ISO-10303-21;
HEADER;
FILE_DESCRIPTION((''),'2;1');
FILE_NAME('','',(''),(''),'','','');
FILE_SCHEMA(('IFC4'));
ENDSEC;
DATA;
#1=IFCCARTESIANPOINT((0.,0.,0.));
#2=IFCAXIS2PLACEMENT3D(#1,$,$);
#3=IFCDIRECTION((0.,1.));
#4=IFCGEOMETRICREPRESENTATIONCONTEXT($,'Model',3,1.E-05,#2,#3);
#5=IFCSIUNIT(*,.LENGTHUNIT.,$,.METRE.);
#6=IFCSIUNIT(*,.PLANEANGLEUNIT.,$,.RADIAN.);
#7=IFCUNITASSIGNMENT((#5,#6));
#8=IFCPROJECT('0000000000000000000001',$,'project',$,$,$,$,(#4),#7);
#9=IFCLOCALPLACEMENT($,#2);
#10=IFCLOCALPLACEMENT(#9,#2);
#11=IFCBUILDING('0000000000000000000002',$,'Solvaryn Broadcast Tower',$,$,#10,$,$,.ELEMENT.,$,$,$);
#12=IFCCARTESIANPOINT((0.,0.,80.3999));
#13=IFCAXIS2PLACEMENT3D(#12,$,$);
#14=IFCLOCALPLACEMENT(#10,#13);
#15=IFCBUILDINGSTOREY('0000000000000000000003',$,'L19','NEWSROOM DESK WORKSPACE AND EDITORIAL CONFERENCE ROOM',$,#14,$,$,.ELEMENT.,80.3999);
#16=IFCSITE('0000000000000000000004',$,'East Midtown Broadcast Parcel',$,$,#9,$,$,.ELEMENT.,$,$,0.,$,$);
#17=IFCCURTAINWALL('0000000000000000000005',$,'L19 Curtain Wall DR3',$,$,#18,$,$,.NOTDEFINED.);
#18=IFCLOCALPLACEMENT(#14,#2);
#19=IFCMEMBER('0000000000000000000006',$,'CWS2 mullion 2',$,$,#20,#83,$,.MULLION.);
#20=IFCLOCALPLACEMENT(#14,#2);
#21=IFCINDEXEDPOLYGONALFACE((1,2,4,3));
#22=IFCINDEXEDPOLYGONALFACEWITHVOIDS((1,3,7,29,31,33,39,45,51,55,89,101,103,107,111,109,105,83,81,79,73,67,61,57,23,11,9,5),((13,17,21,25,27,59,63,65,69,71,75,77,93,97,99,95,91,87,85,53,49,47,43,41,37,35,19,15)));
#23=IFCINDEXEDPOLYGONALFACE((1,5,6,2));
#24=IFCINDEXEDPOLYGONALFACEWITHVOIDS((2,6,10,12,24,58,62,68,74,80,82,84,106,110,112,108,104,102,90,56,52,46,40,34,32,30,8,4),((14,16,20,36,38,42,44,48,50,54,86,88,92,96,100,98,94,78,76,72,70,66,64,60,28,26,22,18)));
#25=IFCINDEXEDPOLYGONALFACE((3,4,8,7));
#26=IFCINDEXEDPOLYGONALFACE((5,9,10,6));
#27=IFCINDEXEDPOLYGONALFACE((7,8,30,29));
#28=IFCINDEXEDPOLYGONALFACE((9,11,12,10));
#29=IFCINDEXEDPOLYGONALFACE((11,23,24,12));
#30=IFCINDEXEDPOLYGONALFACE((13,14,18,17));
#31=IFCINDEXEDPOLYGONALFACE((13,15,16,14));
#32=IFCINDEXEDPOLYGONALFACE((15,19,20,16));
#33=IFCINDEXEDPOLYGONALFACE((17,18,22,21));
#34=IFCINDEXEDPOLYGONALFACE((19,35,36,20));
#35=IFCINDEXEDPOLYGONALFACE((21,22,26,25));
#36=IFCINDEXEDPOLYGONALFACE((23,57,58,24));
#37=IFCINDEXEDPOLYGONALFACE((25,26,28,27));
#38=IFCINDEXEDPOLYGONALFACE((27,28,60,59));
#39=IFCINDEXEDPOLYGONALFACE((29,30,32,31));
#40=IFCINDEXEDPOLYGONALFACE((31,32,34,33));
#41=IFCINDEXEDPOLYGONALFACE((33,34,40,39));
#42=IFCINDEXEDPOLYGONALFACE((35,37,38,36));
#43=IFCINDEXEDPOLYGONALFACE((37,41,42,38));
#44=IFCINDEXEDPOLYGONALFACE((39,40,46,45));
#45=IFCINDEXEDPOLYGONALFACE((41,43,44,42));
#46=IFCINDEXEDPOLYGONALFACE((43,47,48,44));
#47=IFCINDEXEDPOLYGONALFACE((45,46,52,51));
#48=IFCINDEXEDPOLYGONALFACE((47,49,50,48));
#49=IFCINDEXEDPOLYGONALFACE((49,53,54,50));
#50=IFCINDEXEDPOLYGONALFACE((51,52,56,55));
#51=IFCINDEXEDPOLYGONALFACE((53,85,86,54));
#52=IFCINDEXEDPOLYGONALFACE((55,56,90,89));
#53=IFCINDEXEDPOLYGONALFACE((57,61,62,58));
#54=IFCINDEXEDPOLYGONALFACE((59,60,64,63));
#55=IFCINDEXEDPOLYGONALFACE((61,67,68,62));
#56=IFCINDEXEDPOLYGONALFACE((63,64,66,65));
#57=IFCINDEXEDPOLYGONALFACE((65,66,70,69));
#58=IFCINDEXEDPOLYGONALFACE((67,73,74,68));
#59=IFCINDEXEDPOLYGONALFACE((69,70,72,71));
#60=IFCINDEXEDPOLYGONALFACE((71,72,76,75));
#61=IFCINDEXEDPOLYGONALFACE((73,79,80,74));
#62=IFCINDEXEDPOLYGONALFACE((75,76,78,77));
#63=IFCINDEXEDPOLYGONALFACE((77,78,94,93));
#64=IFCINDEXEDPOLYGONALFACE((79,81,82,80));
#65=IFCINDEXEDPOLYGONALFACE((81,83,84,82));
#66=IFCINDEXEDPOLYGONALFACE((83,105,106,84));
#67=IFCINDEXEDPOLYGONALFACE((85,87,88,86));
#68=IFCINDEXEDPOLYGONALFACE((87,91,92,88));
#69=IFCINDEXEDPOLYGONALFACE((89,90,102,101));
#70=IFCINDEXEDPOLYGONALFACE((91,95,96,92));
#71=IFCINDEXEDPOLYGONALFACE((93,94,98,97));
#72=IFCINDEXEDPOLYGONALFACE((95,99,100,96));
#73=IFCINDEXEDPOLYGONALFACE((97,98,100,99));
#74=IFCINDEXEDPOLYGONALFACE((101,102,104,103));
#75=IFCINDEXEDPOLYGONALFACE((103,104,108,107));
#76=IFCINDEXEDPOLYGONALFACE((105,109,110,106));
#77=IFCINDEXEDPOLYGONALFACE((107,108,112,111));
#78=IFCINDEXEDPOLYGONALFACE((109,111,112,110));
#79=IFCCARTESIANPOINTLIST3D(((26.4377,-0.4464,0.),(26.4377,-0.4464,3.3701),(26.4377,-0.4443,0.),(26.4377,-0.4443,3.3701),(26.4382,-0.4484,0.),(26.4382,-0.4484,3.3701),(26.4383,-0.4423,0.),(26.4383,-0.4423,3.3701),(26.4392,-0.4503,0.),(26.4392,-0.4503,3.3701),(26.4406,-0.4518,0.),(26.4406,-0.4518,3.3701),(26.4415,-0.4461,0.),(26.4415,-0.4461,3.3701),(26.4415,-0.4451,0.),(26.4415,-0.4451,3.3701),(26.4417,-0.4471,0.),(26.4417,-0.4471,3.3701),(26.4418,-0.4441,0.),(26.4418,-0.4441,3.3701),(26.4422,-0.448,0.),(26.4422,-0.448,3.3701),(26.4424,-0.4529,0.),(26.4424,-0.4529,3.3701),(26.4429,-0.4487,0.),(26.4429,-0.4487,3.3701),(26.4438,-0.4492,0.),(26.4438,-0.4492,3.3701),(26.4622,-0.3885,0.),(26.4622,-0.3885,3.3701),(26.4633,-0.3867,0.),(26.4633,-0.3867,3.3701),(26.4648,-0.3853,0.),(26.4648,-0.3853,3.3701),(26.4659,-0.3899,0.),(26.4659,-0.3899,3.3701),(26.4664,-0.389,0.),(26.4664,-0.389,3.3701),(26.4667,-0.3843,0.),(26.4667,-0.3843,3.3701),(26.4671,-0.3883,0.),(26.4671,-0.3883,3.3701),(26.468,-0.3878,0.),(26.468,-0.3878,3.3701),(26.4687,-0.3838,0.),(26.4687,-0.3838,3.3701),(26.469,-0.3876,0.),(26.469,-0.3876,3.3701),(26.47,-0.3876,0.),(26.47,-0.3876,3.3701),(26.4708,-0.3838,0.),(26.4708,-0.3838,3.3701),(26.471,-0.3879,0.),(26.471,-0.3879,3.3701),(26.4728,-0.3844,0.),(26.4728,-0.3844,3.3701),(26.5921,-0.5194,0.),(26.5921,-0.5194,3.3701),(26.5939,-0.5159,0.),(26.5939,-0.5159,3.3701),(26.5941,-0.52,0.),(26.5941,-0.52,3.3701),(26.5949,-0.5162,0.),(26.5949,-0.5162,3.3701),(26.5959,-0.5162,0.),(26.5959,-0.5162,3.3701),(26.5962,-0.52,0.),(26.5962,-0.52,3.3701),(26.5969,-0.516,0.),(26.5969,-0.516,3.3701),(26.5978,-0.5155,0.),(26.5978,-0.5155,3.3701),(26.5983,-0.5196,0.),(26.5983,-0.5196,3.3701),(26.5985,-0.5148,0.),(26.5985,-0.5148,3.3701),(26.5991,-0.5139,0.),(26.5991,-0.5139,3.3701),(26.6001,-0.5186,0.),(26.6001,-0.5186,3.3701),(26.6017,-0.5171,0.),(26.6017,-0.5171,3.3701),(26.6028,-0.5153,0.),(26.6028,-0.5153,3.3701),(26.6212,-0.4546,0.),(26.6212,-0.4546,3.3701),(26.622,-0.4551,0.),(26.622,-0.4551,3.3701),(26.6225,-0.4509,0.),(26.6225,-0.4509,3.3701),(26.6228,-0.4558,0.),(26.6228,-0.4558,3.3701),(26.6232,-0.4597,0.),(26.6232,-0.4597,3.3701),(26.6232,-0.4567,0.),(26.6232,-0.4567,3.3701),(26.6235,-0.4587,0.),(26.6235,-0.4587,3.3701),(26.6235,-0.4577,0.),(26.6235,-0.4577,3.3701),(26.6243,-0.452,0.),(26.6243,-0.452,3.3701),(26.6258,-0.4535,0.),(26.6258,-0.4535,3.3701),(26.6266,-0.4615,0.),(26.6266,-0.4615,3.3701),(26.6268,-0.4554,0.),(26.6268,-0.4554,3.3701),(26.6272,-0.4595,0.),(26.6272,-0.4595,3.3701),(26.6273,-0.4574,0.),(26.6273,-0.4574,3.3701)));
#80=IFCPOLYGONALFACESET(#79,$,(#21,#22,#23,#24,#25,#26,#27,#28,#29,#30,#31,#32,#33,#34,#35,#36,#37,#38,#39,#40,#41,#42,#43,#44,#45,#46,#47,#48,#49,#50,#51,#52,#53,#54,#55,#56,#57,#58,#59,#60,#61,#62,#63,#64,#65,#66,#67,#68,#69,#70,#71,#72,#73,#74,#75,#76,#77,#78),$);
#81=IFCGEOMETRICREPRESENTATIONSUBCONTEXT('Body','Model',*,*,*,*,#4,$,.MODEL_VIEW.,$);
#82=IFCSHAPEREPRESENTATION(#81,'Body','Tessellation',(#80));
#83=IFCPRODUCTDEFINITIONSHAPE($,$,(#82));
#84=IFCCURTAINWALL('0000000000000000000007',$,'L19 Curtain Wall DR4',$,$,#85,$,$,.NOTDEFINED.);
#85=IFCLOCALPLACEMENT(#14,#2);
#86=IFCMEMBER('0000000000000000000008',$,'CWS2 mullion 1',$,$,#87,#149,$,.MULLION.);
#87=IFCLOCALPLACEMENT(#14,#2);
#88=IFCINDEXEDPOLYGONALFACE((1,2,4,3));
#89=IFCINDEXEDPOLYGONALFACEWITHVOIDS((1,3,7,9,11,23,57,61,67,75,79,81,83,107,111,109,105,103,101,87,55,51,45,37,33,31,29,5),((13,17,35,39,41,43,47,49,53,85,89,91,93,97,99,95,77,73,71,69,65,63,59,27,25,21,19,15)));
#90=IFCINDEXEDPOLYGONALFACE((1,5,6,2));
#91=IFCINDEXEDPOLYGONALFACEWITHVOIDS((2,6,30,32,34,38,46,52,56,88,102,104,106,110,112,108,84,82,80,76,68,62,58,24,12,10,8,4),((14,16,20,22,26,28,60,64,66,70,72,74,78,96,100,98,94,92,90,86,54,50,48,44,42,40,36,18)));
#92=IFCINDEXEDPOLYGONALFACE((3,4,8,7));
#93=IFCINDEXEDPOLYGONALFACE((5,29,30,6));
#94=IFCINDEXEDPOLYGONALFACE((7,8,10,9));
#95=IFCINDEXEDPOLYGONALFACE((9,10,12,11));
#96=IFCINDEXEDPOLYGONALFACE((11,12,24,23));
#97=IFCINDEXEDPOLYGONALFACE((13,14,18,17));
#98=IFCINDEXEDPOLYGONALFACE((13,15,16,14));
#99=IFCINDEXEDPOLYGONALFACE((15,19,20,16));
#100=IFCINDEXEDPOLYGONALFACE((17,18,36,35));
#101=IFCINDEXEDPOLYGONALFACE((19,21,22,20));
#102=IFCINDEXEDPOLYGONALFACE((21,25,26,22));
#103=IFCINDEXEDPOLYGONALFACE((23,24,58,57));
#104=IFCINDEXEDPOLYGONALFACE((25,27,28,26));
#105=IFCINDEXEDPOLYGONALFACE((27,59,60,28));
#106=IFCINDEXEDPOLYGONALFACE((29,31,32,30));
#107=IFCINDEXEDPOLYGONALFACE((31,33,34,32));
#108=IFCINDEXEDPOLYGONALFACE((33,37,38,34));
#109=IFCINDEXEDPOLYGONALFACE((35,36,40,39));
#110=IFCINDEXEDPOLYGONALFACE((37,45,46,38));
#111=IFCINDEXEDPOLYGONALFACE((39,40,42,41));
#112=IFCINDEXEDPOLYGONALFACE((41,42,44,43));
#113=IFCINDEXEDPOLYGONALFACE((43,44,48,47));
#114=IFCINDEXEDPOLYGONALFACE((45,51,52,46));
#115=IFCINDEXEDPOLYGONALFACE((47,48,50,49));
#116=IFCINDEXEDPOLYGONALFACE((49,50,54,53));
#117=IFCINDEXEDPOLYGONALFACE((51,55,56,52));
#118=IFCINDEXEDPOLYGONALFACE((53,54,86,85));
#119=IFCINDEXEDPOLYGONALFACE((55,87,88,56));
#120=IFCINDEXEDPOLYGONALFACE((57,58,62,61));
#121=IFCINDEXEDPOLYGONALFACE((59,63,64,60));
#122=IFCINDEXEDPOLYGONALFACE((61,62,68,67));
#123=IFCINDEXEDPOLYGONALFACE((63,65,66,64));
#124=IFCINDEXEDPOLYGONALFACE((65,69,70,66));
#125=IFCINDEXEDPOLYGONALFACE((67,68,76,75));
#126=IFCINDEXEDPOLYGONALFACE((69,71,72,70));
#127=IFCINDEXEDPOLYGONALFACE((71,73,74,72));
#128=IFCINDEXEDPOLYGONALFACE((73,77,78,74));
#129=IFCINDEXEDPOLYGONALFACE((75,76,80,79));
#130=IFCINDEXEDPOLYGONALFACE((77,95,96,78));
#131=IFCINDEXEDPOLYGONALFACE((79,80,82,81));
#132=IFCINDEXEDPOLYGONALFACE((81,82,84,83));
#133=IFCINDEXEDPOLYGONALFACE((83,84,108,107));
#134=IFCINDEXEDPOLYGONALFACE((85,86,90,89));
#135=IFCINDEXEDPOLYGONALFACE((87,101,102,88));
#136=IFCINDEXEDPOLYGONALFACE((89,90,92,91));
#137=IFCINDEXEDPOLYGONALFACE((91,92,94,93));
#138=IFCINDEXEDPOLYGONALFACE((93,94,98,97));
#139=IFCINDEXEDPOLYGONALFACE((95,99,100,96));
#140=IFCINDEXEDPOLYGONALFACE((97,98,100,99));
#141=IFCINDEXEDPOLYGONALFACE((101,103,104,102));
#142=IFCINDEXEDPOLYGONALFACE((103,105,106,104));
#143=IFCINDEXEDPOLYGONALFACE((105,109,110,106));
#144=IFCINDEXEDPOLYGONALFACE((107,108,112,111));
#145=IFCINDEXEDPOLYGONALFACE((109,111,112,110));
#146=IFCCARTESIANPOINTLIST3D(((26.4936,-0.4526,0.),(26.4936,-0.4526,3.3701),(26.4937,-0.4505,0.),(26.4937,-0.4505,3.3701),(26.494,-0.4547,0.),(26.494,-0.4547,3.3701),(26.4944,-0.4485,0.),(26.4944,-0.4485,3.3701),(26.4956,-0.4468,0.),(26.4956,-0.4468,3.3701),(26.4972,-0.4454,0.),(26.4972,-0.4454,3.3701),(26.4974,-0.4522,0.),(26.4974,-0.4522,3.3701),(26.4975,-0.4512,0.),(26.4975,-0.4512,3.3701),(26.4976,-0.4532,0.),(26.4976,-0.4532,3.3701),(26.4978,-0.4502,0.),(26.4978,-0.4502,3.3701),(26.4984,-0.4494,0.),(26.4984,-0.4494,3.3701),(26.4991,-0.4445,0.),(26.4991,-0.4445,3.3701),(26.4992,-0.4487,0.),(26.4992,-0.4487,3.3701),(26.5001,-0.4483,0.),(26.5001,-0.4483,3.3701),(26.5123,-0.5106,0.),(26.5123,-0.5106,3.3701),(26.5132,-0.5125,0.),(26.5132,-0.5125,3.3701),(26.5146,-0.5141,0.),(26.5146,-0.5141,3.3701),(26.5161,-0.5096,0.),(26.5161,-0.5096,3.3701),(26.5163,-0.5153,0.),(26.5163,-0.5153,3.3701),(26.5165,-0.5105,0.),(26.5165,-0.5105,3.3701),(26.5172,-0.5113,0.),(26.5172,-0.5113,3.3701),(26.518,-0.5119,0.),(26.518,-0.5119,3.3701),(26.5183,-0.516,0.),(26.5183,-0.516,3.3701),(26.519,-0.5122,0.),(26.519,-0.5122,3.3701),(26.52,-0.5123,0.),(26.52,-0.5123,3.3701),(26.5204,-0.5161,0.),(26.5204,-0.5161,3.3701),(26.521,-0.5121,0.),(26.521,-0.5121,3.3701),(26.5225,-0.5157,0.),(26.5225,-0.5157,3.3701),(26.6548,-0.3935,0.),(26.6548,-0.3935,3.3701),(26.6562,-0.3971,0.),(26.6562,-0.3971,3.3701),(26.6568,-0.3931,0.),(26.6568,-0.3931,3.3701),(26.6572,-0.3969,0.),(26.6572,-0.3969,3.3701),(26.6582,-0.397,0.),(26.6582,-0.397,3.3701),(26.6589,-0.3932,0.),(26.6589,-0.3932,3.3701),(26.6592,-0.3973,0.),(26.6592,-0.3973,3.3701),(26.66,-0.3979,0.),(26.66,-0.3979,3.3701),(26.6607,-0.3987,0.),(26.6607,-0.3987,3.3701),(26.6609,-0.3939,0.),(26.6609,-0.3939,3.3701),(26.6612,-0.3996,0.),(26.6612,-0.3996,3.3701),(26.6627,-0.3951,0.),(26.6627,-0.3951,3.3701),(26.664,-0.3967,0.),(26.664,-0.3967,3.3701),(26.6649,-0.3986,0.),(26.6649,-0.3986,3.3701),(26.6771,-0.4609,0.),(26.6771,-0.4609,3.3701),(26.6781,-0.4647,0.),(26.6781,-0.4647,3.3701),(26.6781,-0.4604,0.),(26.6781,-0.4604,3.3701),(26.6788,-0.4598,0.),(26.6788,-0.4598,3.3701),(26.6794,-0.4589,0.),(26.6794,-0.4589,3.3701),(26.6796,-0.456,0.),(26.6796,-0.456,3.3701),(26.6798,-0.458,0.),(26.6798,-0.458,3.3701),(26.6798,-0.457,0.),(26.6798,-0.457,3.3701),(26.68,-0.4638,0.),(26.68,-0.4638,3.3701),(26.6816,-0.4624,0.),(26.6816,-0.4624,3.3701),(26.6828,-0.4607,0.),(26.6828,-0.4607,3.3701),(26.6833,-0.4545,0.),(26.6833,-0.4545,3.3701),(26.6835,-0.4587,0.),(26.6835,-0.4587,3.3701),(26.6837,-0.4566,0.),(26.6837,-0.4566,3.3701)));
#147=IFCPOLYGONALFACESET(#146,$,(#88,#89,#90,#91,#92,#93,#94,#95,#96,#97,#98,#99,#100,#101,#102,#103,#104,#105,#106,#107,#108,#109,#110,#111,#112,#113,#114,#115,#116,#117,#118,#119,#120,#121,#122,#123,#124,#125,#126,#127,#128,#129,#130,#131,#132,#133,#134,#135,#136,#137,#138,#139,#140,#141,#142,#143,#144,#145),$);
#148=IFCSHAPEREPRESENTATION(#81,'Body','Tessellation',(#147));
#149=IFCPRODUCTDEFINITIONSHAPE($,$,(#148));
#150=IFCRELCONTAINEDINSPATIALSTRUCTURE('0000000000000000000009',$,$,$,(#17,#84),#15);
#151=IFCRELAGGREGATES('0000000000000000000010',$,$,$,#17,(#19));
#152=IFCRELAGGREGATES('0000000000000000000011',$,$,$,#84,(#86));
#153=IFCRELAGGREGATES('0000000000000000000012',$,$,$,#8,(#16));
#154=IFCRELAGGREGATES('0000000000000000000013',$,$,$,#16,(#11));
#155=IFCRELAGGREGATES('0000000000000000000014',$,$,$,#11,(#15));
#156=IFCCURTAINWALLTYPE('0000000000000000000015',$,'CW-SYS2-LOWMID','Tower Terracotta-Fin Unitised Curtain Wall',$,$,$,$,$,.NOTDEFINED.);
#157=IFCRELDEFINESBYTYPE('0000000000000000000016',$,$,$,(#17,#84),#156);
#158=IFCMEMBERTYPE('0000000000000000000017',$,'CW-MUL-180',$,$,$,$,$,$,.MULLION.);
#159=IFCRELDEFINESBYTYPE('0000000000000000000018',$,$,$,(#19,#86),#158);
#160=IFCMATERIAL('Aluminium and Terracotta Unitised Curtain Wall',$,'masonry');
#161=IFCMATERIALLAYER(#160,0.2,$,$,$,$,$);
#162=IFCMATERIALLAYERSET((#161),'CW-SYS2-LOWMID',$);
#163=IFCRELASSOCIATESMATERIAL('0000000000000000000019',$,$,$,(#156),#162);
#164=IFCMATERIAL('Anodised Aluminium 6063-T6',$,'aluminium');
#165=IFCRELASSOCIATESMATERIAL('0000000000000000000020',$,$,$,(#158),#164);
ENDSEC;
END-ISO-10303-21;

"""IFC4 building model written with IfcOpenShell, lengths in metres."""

from ifc_helpers import new_model, si_unit, direction, frame, origin, origin_2d, place, context, subcontext, project, spatial, hollow_rectangle, extrude, material, layer, layer_set, material_profile, profile_set, type_object, element, aggregate, save


model = new_model("IFC4")

# Units and contexts
model_context = context("Model", 3, precision=1e-05, world=origin(), true_north=direction((0.0, 1.0)))
body_context = subcontext(model_context, "Body", "Model", "MODEL_VIEW")
ifc_project = project(units=[si_unit("LENGTHUNIT", "METRE"), si_unit("PLANEANGLEUNIT", "RADIAN")], contexts=[model_context])

# Site, building, storey
site_placement = place(None, origin())
site = spatial("IfcSite", under=ifc_project, at=site_placement, Name="East Midtown Broadcast Parcel", CompositionType="ELEMENT", RefElevation=0.0)
building_placement = place(site_placement, origin())
building = spatial("IfcBuilding", under=site, at=building_placement, Name="Solvaryn Broadcast Tower", CompositionType="ELEMENT")
storey_placement = place(building_placement, frame((0.0, 0.0, 80.3999)))
storey = spatial("IfcBuildingStorey", under=building, at=storey_placement, Name="L19", Description="NEWSROOM DESK WORKSPACE AND EDITORIAL CONFERENCE ROOM", CompositionType="ELEMENT", Elevation=80.3999)

# Curtain wall, member
ifc_material_1 = material(Name="Aluminium and Terracotta Unitised Curtain Wall", Category="masonry")
ifc_layer_1 = layer(ifc_material_1, 0.2)
ifc_layer_set_1 = layer_set([ifc_layer_1], Name="CW-SYS2-LOWMID")
curtain_wall_type = type_object("IfcCurtainWallType", Name="CW-SYS2-LOWMID", Description="Tower Terracotta-Fin Unitised Curtain Wall", PredefinedType="NOTDEFINED", material=ifc_layer_set_1)
curtain_wall_1_placement = place(storey_placement, origin())
curtain_wall_1 = element("IfcCurtainWall", 1, at=curtain_wall_1_placement, inside=storey, type_object=curtain_wall_type, Name="L19 Curtain Wall DR3", PredefinedType="NOTDEFINED")
ifc_material_2 = material(Name="Anodised Aluminium 6063-T6", Category="aluminium")
ifc_material_profile_1 = material_profile(ifc_material_2, hollow_rectangle(XDim=0.075, YDim=0.1799, WallThickness=0.0039, InnerFilletRadius=0.0039, OuterFilletRadius=0.0081, at=origin_2d()))
ifc_profile_set_1 = profile_set([ifc_material_profile_1], Name="Anodised Aluminium 6063-T6")
member_type_1 = type_object("IfcMemberType", Name="CW-MUL-180", PredefinedType="MULLION", material=ifc_profile_set_1)
member_1_placement = place(storey_placement, frame((26.5325, -0.4519, 0.0), z_axis=(0.0, 0.0, 1.0), x_axis=(0.405898, 0.913918, 0.0)))
member_1 = element("IfcMember", 2, at=member_1_placement, type_object=member_type_1, Name="CWS2 mullion 2", PredefinedType="MULLION", context=body_context, shape_type="SweptSolid", body=[
    extrude(hollow_rectangle(XDim=0.075, YDim=0.1799, WallThickness=0.0039, InnerFilletRadius=0.0039, OuterFilletRadius=0.0081, at=origin_2d()), origin(), (0.0, 0.0, 1.0), 3.3701),
])
aggregate(curtain_wall_1, [member_1])

# Curtain wall, member
curtain_wall_2_placement = place(storey_placement, origin())
curtain_wall_2 = element("IfcCurtainWall", 3, at=curtain_wall_2_placement, inside=storey, type_object=curtain_wall_type, Name="L19 Curtain Wall DR4", PredefinedType="NOTDEFINED")
member_2_placement = place(storey_placement, frame((26.5886, -0.4546, 0.0), z_axis=(0.0, 0.0, 1.0), x_axis=(-0.311594, 0.950215, 0.0)))
member_2 = element("IfcMember", 4, at=member_2_placement, type_object=member_type_1, Name="CWS2 mullion 1", PredefinedType="MULLION", context=body_context, shape_type="SweptSolid", body=[
    extrude(hollow_rectangle(XDim=0.075, YDim=0.1799, WallThickness=0.0039, InnerFilletRadius=0.0039, OuterFilletRadius=0.0081, at=origin_2d()), origin(), (0.0, 0.0, 1.0), 3.3701),
])
aggregate(curtain_wall_2, [member_2])

save(model, "model.ifc")
